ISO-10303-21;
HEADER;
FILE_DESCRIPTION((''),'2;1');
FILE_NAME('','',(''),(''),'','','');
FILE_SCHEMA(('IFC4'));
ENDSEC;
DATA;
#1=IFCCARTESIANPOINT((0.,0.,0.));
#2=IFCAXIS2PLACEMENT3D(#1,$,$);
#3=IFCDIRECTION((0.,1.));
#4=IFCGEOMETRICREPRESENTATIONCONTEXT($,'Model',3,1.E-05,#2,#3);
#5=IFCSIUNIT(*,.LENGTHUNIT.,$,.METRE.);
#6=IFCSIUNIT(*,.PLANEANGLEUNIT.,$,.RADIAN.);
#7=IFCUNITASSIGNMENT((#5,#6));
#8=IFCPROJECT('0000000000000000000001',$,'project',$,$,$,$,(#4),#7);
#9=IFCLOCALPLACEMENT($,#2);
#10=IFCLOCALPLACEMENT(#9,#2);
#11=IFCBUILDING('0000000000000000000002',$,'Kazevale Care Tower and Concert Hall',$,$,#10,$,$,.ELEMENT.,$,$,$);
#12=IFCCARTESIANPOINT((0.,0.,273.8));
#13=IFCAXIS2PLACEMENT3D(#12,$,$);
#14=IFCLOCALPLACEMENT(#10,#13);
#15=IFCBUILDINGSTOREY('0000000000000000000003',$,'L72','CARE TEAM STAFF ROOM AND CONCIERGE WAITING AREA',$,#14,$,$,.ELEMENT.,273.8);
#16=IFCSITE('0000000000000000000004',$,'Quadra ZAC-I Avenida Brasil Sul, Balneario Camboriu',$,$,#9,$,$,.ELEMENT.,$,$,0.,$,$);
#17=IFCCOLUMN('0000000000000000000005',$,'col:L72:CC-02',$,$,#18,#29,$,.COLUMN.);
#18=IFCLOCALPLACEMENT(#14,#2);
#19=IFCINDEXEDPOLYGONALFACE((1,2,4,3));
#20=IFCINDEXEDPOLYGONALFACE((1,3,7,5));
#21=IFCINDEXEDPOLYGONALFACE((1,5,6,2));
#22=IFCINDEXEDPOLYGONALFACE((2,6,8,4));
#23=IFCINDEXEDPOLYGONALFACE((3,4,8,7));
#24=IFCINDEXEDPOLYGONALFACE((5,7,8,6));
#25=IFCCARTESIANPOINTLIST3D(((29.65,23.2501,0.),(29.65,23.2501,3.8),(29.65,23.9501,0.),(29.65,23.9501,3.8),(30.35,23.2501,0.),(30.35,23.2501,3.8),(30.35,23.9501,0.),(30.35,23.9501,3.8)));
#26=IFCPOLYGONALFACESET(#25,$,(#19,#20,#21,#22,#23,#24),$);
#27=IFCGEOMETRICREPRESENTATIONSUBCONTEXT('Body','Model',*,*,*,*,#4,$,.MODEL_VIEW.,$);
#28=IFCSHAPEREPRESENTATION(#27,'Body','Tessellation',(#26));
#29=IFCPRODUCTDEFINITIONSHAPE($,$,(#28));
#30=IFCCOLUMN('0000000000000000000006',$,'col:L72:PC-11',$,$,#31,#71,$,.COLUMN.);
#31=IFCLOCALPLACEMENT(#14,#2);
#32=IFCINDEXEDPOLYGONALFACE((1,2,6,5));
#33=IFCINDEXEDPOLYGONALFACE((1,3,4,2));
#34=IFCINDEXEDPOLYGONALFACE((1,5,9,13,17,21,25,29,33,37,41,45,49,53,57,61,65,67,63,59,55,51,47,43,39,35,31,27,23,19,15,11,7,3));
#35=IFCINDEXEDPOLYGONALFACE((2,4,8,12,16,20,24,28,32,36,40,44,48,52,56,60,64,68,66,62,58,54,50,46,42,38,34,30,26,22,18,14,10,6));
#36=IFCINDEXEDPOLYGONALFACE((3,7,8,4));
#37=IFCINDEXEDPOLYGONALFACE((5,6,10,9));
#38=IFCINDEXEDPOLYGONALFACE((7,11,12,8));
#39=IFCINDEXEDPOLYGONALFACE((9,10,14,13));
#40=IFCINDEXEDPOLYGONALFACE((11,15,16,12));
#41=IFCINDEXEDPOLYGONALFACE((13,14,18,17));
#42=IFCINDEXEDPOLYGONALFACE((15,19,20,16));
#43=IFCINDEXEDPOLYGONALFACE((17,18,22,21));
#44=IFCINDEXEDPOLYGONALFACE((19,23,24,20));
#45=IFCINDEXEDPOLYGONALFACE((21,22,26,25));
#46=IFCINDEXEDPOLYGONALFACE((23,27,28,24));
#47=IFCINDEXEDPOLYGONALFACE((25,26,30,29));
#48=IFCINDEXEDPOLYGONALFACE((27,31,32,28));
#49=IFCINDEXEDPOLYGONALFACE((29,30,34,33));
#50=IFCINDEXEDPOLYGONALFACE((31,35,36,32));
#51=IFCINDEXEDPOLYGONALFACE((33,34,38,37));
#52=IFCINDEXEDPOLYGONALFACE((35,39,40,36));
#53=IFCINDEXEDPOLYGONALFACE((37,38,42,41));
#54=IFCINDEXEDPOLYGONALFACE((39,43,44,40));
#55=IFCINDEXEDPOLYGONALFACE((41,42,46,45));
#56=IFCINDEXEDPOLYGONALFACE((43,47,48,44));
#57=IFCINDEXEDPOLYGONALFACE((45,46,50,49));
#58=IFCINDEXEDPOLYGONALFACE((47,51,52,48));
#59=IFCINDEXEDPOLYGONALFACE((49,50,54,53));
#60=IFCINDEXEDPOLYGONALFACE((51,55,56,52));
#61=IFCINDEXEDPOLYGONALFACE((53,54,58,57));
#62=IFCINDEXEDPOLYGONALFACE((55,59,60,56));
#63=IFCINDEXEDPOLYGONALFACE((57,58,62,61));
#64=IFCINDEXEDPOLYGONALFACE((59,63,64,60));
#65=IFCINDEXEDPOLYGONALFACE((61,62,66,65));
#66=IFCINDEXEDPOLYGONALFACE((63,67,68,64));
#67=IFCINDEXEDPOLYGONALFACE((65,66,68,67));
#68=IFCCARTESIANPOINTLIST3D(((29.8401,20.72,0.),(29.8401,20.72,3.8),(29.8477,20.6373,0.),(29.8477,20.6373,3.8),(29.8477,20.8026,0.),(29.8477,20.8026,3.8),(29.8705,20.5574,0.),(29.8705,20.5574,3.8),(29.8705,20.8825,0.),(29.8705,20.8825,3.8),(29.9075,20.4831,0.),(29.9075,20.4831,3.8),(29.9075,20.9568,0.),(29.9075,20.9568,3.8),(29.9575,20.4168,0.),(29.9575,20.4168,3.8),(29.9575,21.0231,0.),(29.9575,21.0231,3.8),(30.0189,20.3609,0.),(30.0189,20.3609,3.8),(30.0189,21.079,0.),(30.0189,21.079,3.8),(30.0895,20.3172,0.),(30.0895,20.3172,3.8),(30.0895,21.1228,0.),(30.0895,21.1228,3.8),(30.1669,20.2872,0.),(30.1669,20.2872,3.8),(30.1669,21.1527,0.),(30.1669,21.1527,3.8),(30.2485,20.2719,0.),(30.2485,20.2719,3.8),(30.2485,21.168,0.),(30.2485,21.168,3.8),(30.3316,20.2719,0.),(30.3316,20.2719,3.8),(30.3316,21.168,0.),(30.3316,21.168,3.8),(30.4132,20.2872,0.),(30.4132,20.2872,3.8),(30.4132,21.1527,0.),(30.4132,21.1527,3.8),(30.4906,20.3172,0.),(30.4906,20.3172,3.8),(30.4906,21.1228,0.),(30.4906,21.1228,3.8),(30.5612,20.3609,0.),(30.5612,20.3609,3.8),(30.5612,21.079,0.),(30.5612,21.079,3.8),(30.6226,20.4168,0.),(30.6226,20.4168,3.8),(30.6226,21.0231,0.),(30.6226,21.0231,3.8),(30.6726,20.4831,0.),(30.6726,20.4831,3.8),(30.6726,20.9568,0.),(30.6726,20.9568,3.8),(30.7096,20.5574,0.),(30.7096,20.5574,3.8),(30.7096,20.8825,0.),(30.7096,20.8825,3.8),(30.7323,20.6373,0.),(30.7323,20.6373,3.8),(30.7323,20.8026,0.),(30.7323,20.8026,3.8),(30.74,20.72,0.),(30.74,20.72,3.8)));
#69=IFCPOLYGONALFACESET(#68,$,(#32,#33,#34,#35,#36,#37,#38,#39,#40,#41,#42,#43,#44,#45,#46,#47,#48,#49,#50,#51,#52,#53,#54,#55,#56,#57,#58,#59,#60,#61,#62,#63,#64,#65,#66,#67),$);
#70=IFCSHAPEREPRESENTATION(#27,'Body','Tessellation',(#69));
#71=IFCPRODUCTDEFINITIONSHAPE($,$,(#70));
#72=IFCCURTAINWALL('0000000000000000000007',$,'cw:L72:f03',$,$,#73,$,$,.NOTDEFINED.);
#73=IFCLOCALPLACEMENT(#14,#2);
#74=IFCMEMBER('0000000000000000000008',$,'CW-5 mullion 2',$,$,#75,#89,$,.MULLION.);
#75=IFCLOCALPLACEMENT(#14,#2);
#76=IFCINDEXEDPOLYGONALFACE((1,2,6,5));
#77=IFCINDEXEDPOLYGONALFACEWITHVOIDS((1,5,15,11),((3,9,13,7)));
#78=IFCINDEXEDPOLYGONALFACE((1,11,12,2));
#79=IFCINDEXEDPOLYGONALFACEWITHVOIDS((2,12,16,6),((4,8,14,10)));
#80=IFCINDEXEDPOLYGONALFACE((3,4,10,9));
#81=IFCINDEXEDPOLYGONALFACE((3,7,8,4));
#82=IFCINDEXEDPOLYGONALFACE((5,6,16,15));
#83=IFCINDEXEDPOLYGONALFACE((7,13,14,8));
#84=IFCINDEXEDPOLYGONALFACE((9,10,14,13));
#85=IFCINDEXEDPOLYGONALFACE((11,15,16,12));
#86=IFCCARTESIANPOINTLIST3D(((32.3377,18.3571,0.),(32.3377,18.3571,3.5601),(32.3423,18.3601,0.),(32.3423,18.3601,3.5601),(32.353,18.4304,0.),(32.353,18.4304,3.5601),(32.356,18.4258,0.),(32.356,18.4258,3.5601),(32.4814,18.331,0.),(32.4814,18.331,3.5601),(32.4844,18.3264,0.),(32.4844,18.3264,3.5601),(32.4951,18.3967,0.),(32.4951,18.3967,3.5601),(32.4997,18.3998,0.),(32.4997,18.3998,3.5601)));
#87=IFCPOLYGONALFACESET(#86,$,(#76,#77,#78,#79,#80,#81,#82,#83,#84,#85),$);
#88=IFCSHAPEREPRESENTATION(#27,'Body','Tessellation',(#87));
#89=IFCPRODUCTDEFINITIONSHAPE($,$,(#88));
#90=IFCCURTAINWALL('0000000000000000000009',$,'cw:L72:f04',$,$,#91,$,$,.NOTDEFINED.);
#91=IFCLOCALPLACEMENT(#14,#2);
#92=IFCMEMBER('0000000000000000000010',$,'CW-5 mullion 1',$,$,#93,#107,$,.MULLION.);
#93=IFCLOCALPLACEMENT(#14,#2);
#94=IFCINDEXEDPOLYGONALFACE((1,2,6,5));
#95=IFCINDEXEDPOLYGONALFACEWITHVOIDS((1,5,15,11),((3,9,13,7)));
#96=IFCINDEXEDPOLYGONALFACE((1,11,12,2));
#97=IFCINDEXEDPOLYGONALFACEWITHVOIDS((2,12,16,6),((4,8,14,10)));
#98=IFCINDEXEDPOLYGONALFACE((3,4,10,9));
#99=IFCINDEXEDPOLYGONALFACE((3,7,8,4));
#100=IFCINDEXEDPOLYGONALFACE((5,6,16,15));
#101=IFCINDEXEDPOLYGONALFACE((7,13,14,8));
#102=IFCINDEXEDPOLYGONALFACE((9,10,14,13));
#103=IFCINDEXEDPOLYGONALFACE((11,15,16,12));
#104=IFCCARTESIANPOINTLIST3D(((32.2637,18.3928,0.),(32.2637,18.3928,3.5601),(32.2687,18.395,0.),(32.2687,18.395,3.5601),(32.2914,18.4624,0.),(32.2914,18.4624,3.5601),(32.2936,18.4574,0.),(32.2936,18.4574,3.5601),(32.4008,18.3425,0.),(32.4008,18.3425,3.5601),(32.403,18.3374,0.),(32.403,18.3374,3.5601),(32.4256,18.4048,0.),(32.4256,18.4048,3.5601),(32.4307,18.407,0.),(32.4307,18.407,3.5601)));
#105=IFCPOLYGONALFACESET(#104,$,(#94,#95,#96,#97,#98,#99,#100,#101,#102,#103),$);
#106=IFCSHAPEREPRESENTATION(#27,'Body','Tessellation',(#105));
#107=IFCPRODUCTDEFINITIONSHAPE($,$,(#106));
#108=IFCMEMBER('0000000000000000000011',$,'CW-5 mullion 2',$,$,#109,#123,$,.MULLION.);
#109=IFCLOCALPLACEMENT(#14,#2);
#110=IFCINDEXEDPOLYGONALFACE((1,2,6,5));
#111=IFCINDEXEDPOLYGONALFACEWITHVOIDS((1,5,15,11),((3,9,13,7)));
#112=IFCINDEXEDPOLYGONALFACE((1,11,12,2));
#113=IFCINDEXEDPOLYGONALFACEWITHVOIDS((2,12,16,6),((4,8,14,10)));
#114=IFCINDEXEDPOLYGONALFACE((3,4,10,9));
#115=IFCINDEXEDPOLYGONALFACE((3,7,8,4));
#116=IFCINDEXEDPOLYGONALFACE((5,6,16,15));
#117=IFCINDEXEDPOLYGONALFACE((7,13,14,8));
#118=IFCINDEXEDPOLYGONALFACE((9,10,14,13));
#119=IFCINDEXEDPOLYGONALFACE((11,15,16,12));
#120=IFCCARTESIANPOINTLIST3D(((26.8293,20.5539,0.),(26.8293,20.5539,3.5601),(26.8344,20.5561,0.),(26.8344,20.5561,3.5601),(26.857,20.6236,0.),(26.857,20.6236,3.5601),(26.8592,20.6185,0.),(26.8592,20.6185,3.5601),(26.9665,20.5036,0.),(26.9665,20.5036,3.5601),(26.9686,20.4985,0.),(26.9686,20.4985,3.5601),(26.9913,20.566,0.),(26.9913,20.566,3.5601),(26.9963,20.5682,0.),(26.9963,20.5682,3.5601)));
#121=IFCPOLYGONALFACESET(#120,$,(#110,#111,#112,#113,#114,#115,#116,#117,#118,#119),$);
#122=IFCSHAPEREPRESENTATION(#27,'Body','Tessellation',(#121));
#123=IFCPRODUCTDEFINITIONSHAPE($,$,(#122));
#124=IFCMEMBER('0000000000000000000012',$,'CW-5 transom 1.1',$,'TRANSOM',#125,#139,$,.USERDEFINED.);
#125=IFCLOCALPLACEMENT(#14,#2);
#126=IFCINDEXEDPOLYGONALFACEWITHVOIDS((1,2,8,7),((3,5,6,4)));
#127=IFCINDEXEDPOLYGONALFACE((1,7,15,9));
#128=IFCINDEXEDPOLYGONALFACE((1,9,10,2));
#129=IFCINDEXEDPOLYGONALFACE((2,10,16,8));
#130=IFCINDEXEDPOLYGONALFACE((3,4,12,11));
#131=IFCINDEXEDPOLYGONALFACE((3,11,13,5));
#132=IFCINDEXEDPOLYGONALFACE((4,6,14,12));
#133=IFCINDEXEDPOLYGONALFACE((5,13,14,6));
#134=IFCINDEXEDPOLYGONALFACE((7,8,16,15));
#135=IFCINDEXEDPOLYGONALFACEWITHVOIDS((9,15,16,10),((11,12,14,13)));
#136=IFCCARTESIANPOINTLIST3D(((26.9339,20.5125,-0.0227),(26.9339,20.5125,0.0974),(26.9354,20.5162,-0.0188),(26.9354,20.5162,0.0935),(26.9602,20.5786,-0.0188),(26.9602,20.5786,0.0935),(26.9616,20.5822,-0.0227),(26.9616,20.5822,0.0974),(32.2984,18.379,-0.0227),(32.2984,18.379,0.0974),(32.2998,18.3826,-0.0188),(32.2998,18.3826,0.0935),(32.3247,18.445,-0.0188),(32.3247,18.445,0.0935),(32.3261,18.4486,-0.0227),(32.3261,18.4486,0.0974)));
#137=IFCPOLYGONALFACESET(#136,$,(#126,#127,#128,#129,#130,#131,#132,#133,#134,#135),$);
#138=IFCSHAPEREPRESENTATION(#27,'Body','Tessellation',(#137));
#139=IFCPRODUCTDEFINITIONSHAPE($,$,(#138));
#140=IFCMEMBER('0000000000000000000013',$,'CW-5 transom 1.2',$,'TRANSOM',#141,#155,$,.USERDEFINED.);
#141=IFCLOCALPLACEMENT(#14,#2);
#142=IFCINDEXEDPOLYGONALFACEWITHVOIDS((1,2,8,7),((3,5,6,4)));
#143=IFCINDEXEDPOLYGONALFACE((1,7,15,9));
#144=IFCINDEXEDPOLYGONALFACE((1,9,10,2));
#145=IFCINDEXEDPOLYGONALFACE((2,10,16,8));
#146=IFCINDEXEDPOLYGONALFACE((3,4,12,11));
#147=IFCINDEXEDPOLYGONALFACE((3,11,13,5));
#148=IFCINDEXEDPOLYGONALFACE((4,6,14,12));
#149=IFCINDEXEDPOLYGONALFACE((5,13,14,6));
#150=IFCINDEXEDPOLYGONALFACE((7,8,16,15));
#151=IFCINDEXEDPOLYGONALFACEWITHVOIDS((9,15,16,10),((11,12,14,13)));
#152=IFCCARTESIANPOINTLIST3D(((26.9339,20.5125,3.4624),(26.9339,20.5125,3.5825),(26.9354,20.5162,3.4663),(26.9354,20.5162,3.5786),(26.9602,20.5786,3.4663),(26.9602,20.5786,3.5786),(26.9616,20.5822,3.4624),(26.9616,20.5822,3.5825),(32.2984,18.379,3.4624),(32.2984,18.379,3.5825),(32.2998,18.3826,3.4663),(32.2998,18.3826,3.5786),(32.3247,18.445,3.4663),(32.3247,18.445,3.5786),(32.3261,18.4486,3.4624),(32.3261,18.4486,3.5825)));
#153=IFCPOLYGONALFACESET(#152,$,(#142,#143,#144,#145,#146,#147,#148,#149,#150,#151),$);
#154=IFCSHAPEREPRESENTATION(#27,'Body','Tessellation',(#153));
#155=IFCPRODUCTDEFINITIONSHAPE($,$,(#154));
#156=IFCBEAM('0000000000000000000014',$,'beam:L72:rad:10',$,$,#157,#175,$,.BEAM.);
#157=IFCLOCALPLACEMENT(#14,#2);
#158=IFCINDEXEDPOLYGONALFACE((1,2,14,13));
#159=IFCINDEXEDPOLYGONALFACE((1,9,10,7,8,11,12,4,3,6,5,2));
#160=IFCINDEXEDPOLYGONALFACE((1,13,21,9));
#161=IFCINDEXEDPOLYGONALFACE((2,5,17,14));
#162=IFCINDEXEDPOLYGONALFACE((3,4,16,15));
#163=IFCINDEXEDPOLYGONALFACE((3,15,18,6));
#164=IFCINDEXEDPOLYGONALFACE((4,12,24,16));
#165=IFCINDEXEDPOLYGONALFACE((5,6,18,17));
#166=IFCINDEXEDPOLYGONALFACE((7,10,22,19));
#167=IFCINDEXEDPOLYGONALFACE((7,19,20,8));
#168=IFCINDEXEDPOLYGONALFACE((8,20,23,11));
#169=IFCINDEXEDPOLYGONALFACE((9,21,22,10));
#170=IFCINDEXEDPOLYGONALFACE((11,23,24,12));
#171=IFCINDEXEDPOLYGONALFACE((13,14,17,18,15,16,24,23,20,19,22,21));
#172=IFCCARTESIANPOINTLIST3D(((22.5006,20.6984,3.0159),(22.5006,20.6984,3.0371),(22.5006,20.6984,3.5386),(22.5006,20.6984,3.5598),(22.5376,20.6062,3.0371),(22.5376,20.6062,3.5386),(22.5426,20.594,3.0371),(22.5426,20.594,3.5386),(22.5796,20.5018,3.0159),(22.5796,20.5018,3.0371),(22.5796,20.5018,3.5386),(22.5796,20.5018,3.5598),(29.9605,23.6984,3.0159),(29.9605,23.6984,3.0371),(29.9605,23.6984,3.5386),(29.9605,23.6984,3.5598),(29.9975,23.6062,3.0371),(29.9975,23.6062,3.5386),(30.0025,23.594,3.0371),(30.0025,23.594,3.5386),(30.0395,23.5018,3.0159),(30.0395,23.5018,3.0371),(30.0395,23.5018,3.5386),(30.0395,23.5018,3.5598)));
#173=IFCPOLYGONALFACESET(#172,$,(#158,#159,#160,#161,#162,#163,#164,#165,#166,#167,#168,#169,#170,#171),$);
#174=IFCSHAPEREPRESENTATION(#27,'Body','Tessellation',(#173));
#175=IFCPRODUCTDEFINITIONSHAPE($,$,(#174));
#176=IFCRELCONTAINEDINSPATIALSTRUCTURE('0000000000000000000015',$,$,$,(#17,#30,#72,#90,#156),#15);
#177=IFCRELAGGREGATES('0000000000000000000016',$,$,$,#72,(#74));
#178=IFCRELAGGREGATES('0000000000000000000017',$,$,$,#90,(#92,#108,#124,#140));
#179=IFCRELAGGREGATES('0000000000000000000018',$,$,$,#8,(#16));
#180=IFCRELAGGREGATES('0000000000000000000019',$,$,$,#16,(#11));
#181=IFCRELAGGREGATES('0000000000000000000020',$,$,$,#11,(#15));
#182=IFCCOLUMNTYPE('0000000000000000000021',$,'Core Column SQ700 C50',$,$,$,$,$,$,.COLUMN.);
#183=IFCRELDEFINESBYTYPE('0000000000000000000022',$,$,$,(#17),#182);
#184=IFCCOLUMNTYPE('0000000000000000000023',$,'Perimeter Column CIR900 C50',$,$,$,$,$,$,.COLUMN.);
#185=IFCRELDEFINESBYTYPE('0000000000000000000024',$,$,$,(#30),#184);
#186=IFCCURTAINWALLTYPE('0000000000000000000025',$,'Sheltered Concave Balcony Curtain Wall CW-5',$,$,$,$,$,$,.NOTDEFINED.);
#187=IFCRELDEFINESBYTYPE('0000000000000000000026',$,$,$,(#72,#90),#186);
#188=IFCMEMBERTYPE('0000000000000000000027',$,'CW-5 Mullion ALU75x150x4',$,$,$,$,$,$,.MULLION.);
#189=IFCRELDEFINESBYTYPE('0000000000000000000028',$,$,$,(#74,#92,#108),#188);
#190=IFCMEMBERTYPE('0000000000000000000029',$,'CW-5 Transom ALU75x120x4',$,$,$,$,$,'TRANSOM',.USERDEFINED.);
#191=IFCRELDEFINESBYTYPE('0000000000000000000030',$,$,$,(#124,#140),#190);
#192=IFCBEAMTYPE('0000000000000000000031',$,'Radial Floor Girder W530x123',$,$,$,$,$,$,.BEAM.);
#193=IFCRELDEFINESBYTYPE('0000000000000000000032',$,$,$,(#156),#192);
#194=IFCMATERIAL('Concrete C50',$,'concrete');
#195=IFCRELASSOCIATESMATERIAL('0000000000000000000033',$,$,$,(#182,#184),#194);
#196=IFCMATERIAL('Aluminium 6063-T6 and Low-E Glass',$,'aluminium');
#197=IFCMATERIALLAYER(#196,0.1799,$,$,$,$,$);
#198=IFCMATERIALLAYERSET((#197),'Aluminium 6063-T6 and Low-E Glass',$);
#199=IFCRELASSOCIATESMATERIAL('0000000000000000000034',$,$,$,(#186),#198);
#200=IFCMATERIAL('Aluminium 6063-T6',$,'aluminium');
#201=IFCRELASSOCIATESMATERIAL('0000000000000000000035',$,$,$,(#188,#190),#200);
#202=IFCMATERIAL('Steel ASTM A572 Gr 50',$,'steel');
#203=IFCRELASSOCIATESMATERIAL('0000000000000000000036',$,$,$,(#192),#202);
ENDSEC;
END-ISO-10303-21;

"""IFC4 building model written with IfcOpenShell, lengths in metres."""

from ifc_helpers import new_model, si_unit, direction, frame, origin, origin_2d, place, context, subcontext, project, spatial, rectangle, hollow_rectangle, circle, i_section, extrude, material, layer, layer_set, material_profile, profile_set, type_object, element, aggregate, save


model = new_model("IFC4")

# Units and contexts
model_context = context("Model", 3, precision=1e-05, world=origin(), true_north=direction((0.0, 1.0)))
body_context = subcontext(model_context, "Body", "Model", "MODEL_VIEW")
ifc_project = project(units=[si_unit("LENGTHUNIT", "METRE"), si_unit("PLANEANGLEUNIT", "RADIAN")], contexts=[model_context])

# Site, building, storey
site_placement = place(None, origin())
site = spatial("IfcSite", under=ifc_project, at=site_placement, Name="Quadra ZAC-I Avenida Brasil Sul, Balneario Camboriu", CompositionType="ELEMENT", RefElevation=0.0)
building_placement = place(site_placement, origin())
building = spatial("IfcBuilding", under=site, at=building_placement, Name="Kazevale Care Tower and Concert Hall", CompositionType="ELEMENT")
storey_placement = place(building_placement, frame((0.0, 0.0, 273.8)))
storey = spatial("IfcBuildingStorey", under=building, at=storey_placement, Name="L72", Description="CARE TEAM STAFF ROOM AND CONCIERGE WAITING AREA", CompositionType="ELEMENT", Elevation=273.8)

# Columns
ifc_material_1 = material(Name="Concrete C50", Category="concrete")
ifc_material_profile_1 = material_profile(ifc_material_1, rectangle(XDim=0.7, YDim=0.7, at=origin_2d()), Name="RC-SQ700")
ifc_profile_set_1 = profile_set([ifc_material_profile_1], Name="Concrete C50")
column_type_1 = type_object("IfcColumnType", Name="Core Column SQ700 C50", PredefinedType="COLUMN", material=ifc_profile_set_1)
column_1_placement = place(storey_placement, frame((30.0, 23.6001, 0.0), z_axis=(0.0, 0.0, 1.0), x_axis=(1.0, 0.0, 0.0)))
element("IfcColumn", 1, at=column_1_placement, inside=storey, type_object=column_type_1, Name="col:L72:CC-02", PredefinedType="COLUMN", context=body_context, shape_type="SweptSolid", body=[
    extrude(rectangle(XDim=0.7, YDim=0.7, at=origin_2d()), origin(), (0.0, 0.0, 1.0), 3.8),
])
ifc_material_profile_2 = material_profile(ifc_material_1, circle(Radius=0.45, at=origin_2d()), Name="RC-CIR900")
ifc_profile_set_2 = profile_set([ifc_material_profile_2], Name="Concrete C50")
column_type_2 = type_object("IfcColumnType", Name="Perimeter Column CIR900 C50", PredefinedType="COLUMN", material=ifc_profile_set_2)
column_2_placement = place(storey_placement, frame((30.29, 20.72, 0.0), z_axis=(0.0, 0.0, 1.0), x_axis=(1.0, 0.0, 0.0)))
element("IfcColumn", 2, at=column_2_placement, inside=storey, type_object=column_type_2, Name="col:L72:PC-11", PredefinedType="COLUMN", context=body_context, shape_type="SweptSolid", body=[
    extrude(circle(Radius=0.45, at=origin_2d()), origin(), (0.0, 0.0, 1.0), 3.8),
])

# Curtain wall, member
ifc_material_2 = material(Name="Aluminium 6063-T6 and Low-E Glass", Category="aluminium")
ifc_layer_1 = layer(ifc_material_2, 0.1799)
ifc_layer_set_1 = layer_set([ifc_layer_1], Name="Aluminium 6063-T6 and Low-E Glass")
curtain_wall_type = type_object("IfcCurtainWallType", Name="Sheltered Concave Balcony Curtain Wall CW-5", PredefinedType="NOTDEFINED", material=ifc_layer_set_1)
curtain_wall_1_placement = place(storey_placement, origin())
curtain_wall_1 = element("IfcCurtainWall", 3, at=curtain_wall_1_placement, inside=storey, type_object=curtain_wall_type, Name="cw:L72:f03", PredefinedType="NOTDEFINED")
ifc_material_3 = material(Name="Aluminium 6063-T6", Category="aluminium")
ifc_material_profile_3 = material_profile(ifc_material_3, hollow_rectangle(XDim=0.075, YDim=0.1499, WallThickness=0.0039, at=origin_2d()), Name="ALU75x150x4")
ifc_profile_set_3 = profile_set([ifc_material_profile_3], Name="Aluminium 6063-T6")
member_type_1 = type_object("IfcMemberType", Name="CW-5 Mullion ALU75x150x4", PredefinedType="MULLION", material=ifc_profile_set_3)
member_1_placement = place(storey_placement, frame((32.4187, 18.3784, 0.0), z_axis=(0.0, 0.0, 1.0), x_axis=(-0.204565, -0.978853, 0.0)))
member_1 = element("IfcMember", 4, at=member_1_placement, type_object=member_type_1, Name="CW-5 mullion 2", PredefinedType="MULLION", context=body_context, shape_type="SweptSolid", body=[
    extrude(hollow_rectangle(XDim=0.075, YDim=0.1499, WallThickness=0.0039, at=origin_2d()), origin(), (0.0, 0.0, 1.0), 3.5601),
])
aggregate(curtain_wall_1, [member_1])

# Curtain wall, members
curtain_wall_2_placement = place(storey_placement, origin())
curtain_wall_2 = element("IfcCurtainWall", 5, at=curtain_wall_2_placement, inside=storey, type_object=curtain_wall_type, Name="cw:L72:f04", PredefinedType="NOTDEFINED")
member_2_placement = place(storey_placement, frame((32.3472, 18.3999, 0.0), z_axis=(0.0, 0.0, 1.0), x_axis=(-0.369556, -0.929208, 0.0)))
member_2 = element("IfcMember", 6, at=member_2_placement, type_object=member_type_1, Name="CW-5 mullion 1", PredefinedType="MULLION", context=body_context, shape_type="SweptSolid", body=[
    extrude(hollow_rectangle(XDim=0.075, YDim=0.1499, WallThickness=0.0039, at=origin_2d()), origin(), (0.0, 0.0, 1.0), 3.5601),
])
member_3_placement = place(storey_placement, frame((26.9128, 20.561, 0.0), z_axis=(0.0, 0.0, 1.0), x_axis=(-0.369556, -0.929208, 0.0)))
member_3 = element("IfcMember", 7, at=member_3_placement, type_object=member_type_1, Name="CW-5 mullion 2", PredefinedType="MULLION", context=body_context, shape_type="SweptSolid", body=[
    extrude(hollow_rectangle(XDim=0.075, YDim=0.1499, WallThickness=0.0039, at=origin_2d()), origin(), (0.0, 0.0, 1.0), 3.5601),
])
ifc_material_profile_4 = material_profile(ifc_material_3, hollow_rectangle(XDim=0.075, YDim=0.1201, WallThickness=0.0039, at=origin_2d()), Name="ALU75x120x4")
ifc_profile_set_4 = profile_set([ifc_material_profile_4], Name="Aluminium 6063-T6")
member_type_2 = type_object("IfcMemberType", Name="CW-5 Transom ALU75x120x4", ElementType="TRANSOM", PredefinedType="USERDEFINED", material=ifc_profile_set_4)
member_4_placement = place(storey_placement, frame((32.3123, 18.4138, 0.0374), z_axis=(-0.929207, 0.36956, 0.0), x_axis=(-0.36956, -0.929207, 0.0)))
member_4 = element("IfcMember", 8, at=member_4_placement, type_object=member_type_2, Name="CW-5 transom 1.1", ObjectType="TRANSOM", PredefinedType="USERDEFINED", context=body_context, shape_type="SweptSolid", body=[
    extrude(hollow_rectangle(XDim=0.075, YDim=0.1201, WallThickness=0.0039, at=origin_2d()), origin(), (0.0, 0.0, 1.0), 5.7732),
])
member_5_placement = place(storey_placement, frame((32.3123, 18.4138, 3.5225), z_axis=(-0.929207, 0.36956, 0.0), x_axis=(-0.36956, -0.929207, 0.0)))
member_5 = element("IfcMember", 9, at=member_5_placement, type_object=member_type_2, Name="CW-5 transom 1.2", ObjectType="TRANSOM", PredefinedType="USERDEFINED", context=body_context, shape_type="SweptSolid", body=[
    extrude(hollow_rectangle(XDim=0.075, YDim=0.1201, WallThickness=0.0039, at=origin_2d()), origin(), (0.0, 0.0, 1.0), 5.7732),
])

# Beam
ifc_material_4 = material(Name="Steel ASTM A572 Gr 50", Category="steel")
ifc_material_profile_5 = material_profile(ifc_material_4, i_section(OverallWidth=0.2119, OverallDepth=0.5439, WebThickness=0.0132, FlangeThickness=0.0212, at=origin_2d()), Name="W530x123")
ifc_profile_set_5 = profile_set([ifc_material_profile_5], Name="Steel ASTM A572 Gr 50")
beam_type_1 = type_object("IfcBeamType", Name="Radial Floor Girder W530x123", PredefinedType="BEAM", material=ifc_profile_set_5)
beam_1_placement = place(storey_placement, frame((30.0, 23.6001, 3.2878), z_axis=(-0.927788, -0.373107, 0.0), x_axis=(0.373107, -0.927788, 0.0)))
element("IfcBeam", 10, at=beam_1_placement, inside=storey, type_object=beam_type_1, Name="beam:L72:rad:10", PredefinedType="BEAM", context=body_context, shape_type="SweptSolid", body=[
    extrude(i_section(OverallWidth=0.2119, OverallDepth=0.5439, WebThickness=0.0132, FlangeThickness=0.0212, at=origin_2d()), origin(), (0.0, 0.0, 1.0), 8.0405),
])

aggregate(curtain_wall_2, [member_2, member_3, member_4, member_5])

save(model, "model.ifc")
